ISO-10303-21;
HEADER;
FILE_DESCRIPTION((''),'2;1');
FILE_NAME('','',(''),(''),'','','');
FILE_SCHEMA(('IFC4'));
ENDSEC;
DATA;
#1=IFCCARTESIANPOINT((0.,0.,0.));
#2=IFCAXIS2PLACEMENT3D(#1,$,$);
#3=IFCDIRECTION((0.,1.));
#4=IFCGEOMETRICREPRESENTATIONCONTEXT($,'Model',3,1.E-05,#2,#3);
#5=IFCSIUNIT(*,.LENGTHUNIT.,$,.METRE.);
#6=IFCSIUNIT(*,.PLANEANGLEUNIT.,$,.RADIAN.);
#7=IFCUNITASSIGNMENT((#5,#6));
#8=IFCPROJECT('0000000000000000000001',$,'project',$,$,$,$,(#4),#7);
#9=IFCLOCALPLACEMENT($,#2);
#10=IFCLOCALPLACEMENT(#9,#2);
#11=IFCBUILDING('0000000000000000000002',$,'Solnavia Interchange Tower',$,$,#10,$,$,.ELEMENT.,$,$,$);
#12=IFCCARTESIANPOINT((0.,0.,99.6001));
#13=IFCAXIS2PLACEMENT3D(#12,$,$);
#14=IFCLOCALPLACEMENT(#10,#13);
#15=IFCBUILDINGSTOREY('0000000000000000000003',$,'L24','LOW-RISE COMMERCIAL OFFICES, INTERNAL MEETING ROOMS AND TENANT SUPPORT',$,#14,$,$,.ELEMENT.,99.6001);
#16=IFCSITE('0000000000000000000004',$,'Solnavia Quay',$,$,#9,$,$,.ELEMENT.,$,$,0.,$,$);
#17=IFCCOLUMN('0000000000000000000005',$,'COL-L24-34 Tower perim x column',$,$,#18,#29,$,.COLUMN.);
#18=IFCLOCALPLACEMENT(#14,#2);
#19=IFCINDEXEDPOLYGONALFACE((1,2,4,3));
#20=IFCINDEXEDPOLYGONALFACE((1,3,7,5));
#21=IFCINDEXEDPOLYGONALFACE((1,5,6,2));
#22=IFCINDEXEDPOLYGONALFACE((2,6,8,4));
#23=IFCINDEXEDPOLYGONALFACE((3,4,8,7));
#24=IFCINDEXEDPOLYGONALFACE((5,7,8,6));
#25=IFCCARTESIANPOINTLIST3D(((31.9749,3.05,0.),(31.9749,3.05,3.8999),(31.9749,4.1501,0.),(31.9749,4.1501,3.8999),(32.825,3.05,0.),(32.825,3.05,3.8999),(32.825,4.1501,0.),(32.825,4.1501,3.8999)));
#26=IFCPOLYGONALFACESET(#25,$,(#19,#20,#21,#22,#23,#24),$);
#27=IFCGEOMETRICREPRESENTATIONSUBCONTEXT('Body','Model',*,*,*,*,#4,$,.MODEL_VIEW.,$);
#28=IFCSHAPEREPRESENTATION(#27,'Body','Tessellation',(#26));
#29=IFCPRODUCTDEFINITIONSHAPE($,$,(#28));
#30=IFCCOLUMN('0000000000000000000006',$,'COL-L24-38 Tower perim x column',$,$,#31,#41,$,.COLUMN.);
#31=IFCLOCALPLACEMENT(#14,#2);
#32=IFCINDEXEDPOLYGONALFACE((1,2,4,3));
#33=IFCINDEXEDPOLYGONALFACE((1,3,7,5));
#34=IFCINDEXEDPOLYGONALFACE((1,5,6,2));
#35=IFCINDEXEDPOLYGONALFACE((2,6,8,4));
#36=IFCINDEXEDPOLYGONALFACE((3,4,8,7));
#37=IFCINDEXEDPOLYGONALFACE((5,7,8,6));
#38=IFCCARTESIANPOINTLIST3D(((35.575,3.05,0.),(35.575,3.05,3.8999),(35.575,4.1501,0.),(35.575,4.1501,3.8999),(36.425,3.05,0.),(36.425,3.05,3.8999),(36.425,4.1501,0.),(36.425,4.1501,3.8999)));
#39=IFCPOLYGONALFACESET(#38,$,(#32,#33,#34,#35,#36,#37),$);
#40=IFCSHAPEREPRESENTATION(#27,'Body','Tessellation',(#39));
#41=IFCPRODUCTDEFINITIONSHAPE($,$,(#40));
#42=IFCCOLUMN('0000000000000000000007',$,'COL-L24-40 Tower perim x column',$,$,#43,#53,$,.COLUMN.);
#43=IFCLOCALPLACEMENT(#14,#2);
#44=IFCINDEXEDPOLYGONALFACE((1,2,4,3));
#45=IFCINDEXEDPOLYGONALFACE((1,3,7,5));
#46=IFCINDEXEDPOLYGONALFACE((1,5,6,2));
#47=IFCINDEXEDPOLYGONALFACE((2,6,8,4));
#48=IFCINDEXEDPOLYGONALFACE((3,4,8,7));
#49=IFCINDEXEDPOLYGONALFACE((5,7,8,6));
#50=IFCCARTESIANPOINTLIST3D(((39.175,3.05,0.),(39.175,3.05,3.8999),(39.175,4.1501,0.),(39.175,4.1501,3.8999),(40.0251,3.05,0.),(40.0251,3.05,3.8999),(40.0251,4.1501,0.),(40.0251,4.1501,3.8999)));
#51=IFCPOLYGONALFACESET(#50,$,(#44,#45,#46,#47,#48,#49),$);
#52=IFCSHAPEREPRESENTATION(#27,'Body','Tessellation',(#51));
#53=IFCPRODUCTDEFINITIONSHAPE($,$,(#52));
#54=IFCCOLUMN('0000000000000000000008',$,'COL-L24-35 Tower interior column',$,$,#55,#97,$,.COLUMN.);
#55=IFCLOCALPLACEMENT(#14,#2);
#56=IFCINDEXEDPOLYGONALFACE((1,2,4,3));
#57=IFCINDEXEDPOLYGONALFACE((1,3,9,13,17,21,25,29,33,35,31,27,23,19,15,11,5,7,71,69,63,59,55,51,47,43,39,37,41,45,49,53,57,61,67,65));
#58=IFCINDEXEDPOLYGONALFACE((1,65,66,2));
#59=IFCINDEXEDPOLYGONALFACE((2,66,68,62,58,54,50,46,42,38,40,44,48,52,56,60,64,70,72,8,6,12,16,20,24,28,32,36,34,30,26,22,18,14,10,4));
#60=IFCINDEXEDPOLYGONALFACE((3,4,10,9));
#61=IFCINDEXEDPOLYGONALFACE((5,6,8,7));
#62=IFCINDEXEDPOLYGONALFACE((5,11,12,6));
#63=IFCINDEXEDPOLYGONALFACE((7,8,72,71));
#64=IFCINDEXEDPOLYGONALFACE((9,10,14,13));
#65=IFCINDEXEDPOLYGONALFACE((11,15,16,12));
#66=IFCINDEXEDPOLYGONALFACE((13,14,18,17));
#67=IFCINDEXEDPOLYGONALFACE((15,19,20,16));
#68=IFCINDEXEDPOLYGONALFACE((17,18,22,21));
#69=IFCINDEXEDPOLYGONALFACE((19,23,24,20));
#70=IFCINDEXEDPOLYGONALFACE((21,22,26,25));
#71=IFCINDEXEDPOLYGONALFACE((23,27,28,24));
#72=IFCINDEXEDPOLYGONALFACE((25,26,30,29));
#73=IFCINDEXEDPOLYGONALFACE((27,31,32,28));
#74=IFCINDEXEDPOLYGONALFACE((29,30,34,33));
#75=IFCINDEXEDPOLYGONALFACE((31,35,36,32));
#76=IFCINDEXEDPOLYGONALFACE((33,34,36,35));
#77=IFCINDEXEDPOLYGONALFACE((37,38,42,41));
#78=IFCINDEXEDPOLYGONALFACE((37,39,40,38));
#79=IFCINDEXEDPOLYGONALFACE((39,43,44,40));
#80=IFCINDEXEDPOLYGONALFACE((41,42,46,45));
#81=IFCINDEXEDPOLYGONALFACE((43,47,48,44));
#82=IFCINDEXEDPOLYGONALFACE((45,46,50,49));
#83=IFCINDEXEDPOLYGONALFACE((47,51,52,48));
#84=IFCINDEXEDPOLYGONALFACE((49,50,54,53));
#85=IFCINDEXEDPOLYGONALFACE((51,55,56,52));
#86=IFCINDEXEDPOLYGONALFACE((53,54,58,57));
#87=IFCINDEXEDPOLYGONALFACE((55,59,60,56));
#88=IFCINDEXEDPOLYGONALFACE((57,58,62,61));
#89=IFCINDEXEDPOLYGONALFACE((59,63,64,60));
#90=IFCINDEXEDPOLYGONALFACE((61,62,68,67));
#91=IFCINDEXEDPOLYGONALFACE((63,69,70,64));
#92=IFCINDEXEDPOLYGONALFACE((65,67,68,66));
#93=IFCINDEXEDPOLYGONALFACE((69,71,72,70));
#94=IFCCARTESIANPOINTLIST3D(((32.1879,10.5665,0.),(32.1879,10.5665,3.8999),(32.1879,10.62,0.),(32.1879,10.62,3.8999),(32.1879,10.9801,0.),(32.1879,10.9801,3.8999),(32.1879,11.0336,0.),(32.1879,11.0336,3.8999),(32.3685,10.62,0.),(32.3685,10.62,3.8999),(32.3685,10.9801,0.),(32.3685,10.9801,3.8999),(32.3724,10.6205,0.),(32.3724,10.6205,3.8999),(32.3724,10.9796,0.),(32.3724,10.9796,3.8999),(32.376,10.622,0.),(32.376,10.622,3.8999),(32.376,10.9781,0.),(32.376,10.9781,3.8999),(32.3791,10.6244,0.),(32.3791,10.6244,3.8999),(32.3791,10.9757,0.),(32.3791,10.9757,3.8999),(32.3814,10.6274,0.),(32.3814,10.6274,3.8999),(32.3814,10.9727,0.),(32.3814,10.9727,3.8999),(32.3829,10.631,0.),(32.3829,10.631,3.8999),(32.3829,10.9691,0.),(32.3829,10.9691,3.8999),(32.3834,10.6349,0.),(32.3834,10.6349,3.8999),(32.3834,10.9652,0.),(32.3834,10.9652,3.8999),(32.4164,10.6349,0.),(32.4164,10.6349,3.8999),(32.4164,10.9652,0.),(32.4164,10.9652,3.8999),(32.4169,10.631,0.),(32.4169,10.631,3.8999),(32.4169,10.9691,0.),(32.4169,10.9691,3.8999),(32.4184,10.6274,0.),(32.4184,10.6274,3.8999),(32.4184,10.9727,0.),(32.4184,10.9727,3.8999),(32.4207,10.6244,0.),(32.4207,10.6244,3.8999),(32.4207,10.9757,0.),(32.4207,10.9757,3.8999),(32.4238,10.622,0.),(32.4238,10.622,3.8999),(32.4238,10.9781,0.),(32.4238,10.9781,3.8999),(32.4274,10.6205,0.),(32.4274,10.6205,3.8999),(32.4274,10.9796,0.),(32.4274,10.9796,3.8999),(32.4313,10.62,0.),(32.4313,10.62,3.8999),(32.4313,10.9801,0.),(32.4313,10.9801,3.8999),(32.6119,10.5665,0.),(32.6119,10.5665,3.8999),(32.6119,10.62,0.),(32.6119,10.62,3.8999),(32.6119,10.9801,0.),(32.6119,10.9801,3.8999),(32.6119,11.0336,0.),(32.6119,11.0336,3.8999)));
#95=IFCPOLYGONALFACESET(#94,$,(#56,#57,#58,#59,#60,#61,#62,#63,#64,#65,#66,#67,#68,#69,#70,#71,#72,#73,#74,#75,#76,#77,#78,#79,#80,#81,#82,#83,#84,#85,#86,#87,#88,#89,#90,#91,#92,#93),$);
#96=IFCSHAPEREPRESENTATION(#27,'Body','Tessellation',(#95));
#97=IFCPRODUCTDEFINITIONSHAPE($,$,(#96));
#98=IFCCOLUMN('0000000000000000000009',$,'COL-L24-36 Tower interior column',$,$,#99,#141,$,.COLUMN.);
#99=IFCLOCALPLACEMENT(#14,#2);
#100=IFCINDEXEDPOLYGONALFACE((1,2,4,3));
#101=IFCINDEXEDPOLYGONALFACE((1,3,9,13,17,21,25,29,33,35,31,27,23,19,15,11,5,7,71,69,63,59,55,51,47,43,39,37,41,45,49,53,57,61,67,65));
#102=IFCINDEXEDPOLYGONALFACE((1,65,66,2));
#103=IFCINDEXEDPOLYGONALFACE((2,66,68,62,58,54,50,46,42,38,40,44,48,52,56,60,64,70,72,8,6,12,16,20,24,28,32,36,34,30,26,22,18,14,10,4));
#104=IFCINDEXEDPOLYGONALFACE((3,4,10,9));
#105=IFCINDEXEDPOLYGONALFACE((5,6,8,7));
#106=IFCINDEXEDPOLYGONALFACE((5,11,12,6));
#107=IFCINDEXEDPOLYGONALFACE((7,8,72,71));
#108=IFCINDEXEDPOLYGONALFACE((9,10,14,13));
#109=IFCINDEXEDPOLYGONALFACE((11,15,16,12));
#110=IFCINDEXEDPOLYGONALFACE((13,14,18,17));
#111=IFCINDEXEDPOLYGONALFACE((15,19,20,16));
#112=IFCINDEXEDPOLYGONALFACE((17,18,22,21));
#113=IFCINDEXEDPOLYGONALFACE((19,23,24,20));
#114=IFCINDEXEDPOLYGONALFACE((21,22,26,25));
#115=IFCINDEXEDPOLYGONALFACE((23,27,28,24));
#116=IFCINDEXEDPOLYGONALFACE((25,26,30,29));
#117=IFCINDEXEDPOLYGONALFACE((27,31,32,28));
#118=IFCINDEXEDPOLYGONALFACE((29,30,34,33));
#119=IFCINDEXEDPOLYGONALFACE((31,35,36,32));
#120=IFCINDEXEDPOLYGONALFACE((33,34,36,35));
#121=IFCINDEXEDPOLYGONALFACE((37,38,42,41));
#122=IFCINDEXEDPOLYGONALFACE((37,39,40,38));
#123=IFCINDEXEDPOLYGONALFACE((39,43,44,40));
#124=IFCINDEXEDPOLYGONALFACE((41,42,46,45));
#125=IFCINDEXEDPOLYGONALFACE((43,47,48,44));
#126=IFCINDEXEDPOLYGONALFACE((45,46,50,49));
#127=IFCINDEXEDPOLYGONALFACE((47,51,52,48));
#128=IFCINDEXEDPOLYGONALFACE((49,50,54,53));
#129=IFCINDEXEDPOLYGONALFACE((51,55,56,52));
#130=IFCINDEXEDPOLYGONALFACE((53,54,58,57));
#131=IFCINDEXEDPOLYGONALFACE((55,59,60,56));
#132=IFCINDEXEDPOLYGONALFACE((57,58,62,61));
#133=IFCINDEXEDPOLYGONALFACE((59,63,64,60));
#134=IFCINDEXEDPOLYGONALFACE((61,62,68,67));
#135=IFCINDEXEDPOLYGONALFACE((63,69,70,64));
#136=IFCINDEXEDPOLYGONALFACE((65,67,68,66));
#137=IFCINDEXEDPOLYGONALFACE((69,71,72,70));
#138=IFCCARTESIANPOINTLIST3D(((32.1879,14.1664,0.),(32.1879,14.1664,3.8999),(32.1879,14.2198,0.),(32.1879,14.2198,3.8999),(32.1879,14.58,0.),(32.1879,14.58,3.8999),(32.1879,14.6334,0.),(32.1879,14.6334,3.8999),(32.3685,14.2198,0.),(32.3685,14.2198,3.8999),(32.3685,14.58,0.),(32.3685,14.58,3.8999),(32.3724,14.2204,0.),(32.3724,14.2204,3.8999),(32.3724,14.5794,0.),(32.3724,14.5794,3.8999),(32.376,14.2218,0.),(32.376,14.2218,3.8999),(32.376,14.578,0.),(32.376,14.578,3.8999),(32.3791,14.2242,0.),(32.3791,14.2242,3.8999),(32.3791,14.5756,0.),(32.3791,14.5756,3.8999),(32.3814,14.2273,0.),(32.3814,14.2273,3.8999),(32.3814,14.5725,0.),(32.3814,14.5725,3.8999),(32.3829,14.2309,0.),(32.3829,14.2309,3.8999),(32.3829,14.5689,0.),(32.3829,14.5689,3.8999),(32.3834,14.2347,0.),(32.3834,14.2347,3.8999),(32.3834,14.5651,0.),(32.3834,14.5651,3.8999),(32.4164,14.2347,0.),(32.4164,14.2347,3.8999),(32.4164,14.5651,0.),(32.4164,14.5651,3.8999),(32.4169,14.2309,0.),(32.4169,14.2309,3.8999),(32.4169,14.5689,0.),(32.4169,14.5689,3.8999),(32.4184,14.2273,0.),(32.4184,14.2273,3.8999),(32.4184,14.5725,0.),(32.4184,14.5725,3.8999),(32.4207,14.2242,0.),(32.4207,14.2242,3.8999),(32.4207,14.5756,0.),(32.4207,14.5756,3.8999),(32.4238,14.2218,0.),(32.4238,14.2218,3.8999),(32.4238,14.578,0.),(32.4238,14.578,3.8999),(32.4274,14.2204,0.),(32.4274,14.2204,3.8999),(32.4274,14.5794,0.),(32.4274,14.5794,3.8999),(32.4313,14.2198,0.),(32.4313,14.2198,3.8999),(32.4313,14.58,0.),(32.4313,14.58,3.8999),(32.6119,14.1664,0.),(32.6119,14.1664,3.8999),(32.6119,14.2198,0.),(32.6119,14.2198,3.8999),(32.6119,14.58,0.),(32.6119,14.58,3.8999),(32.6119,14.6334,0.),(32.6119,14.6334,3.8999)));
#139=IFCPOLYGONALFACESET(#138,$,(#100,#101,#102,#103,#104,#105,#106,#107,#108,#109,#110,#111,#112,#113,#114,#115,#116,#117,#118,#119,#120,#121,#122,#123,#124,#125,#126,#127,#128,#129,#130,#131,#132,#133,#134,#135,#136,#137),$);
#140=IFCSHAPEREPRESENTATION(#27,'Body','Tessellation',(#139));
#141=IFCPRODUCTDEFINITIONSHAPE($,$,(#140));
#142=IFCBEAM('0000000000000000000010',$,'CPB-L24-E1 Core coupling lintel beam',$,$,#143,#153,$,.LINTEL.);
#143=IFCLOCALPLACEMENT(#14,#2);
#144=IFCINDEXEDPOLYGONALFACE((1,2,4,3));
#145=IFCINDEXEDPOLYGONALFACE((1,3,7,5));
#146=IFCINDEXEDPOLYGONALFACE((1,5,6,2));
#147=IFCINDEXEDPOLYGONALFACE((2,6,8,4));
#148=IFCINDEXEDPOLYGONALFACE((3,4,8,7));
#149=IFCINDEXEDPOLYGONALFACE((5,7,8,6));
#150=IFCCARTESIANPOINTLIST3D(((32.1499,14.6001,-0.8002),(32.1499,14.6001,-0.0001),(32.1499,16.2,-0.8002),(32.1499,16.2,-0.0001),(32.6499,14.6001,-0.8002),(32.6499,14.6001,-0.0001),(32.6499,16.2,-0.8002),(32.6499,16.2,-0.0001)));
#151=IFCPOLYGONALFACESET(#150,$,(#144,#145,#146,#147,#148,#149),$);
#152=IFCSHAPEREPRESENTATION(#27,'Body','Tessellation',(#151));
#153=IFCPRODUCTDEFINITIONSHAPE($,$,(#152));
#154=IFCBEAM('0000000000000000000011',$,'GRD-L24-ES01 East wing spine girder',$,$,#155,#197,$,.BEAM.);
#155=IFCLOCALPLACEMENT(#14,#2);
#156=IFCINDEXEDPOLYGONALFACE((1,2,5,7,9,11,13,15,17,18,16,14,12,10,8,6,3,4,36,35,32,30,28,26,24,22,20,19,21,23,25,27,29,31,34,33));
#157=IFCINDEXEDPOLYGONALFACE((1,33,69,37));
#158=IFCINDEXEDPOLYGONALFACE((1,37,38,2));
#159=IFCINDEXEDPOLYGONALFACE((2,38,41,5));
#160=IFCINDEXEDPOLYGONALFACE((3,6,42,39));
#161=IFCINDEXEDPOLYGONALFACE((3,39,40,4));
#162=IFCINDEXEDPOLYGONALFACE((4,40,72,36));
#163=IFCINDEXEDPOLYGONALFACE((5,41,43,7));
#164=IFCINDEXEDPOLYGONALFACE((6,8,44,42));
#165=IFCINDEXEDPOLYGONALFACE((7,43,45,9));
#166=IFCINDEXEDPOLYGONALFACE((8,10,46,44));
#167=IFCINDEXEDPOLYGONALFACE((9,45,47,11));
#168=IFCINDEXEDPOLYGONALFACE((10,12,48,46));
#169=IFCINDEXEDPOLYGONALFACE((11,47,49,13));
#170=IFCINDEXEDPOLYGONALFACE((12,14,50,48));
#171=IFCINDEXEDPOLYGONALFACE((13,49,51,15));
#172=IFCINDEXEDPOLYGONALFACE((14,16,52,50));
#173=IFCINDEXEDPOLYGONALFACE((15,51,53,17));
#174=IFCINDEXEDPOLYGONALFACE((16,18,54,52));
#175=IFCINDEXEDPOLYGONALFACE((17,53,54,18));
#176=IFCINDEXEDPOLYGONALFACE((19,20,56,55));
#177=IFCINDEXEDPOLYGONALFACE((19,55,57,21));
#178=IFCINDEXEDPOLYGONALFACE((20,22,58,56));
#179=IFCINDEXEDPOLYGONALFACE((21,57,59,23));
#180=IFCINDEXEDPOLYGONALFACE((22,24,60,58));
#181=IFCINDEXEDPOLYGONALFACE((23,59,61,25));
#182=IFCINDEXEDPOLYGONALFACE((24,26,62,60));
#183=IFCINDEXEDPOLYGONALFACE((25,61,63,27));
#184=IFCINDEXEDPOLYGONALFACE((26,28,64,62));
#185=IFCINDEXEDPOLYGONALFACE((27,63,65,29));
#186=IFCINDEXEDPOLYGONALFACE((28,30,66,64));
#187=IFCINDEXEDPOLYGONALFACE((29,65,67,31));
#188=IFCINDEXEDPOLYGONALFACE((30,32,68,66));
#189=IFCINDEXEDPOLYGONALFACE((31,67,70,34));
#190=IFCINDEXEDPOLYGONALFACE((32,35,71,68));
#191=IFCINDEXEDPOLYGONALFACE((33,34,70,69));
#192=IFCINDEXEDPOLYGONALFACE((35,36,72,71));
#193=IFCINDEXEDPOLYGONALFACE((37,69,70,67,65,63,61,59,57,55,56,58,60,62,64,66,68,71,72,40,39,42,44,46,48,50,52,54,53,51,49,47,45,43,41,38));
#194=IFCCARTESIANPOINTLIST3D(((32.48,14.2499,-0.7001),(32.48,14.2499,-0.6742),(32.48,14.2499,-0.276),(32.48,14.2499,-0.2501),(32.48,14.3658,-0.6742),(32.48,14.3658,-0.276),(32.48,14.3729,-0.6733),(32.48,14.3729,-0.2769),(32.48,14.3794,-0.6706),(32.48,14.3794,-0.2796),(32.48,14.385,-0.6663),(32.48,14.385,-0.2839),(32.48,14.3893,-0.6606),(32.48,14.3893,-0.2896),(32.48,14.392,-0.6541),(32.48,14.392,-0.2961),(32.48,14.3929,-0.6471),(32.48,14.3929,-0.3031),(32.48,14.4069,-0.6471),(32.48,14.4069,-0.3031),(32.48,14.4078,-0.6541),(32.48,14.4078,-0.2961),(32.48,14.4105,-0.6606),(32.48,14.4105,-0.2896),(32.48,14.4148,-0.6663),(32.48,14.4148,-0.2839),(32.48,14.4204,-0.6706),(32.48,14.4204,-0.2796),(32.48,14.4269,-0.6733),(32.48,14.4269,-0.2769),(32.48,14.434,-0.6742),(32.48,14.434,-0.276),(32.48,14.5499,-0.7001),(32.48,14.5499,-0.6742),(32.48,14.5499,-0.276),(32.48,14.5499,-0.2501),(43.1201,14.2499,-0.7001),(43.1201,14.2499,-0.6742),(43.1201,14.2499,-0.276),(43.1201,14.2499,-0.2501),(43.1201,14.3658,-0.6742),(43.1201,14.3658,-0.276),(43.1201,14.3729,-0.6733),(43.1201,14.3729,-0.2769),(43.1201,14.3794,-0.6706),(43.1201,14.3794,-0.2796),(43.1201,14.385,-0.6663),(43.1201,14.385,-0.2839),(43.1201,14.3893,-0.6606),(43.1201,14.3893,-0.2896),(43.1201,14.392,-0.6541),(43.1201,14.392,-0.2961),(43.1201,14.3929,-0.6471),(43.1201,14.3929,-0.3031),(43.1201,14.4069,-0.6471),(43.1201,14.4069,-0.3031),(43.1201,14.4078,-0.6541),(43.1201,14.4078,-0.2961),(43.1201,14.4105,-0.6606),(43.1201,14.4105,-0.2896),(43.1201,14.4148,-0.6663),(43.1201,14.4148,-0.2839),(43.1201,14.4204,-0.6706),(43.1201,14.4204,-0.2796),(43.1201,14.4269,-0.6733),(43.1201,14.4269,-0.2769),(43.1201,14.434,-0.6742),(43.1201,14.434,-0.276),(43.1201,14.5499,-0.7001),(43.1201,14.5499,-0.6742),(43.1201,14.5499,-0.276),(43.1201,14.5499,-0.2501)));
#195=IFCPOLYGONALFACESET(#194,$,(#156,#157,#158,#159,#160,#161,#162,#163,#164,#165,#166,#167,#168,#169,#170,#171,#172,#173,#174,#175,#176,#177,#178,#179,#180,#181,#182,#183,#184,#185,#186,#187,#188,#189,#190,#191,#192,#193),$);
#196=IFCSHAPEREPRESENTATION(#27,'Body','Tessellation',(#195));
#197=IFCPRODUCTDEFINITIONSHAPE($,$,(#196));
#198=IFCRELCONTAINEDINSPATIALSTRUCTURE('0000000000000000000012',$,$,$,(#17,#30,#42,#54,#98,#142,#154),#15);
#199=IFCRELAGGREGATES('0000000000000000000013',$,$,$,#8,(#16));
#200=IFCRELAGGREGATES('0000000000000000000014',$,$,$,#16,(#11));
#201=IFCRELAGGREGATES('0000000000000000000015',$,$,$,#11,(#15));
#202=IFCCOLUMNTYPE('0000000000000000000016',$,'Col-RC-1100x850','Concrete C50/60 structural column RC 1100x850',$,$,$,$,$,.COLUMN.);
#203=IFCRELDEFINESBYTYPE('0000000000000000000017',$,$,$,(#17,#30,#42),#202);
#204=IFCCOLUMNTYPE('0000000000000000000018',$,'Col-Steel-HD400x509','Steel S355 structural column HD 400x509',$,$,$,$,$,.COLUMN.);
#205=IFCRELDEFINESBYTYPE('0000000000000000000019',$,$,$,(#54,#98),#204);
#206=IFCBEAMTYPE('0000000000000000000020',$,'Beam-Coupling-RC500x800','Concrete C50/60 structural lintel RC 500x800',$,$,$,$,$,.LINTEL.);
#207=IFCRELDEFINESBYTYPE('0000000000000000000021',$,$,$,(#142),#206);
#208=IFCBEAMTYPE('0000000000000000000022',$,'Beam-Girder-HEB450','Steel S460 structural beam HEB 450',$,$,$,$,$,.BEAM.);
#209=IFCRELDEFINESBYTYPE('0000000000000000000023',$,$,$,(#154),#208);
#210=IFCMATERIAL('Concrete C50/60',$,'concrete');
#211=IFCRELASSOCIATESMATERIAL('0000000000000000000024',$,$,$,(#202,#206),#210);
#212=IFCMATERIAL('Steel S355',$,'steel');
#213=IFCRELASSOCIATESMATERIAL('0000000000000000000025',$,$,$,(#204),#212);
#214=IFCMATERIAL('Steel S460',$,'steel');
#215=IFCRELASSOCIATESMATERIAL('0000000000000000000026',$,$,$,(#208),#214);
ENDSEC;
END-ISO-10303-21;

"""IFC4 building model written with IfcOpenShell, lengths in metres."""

from ifc_helpers import new_model, si_unit, direction, frame, origin, origin_2d, place, context, subcontext, project, spatial, rectangle, i_section, extrude, material, material_profile, profile_set, type_object, element, save


model = new_model("IFC4")

# Units and contexts
model_context = context("Model", 3, precision=1e-05, world=origin(), true_north=direction((0.0, 1.0)))
body_context = subcontext(model_context, "Body", "Model", "MODEL_VIEW")
ifc_project = project(units=[si_unit("LENGTHUNIT", "METRE"), si_unit("PLANEANGLEUNIT", "RADIAN")], contexts=[model_context])

# Site, building, storey
site_placement = place(None, origin())
site = spatial("IfcSite", under=ifc_project, at=site_placement, Name="Solnavia Quay", CompositionType="ELEMENT", RefElevation=0.0)
building_placement = place(site_placement, origin())
building = spatial("IfcBuilding", under=site, at=building_placement, Name="Solnavia Interchange Tower", CompositionType="ELEMENT")
storey_placement = place(building_placement, frame((0.0, 0.0, 99.6001)))
storey = spatial("IfcBuildingStorey", under=building, at=storey_placement, Name="L24", Description="LOW-RISE COMMERCIAL OFFICES, INTERNAL MEETING ROOMS AND TENANT SUPPORT", CompositionType="ELEMENT", Elevation=99.6001)

# Columns
ifc_material_1 = material(Name="Concrete C50/60", Category="concrete")
ifc_material_profile_1 = material_profile(ifc_material_1, rectangle(XDim=0.8501, YDim=1.1001, at=origin_2d()), Name="RC 1100x850")
ifc_profile_set_1 = profile_set([ifc_material_profile_1], Name="Concrete C50/60")
column_type_1 = type_object("IfcColumnType", Name="Col-RC-1100x850", Description="Concrete C50/60 structural column RC 1100x850", PredefinedType="COLUMN", material=ifc_profile_set_1)
for number, where, z_axis, x_axis, name in (
    (1, (32.3999, 3.6001, 0.0), (0.0, 0.0, 1.0), (1.0, 0.0, 0.0), "COL-L24-34 Tower perim x column"),
    (2, (36.0, 3.6001, 0.0), (0.0, 0.0, 1.0), (1.0, 0.0, 0.0), "COL-L24-38 Tower perim x column"),
    (3, (39.6001, 3.6001, 0.0), (0.0, 0.0, 1.0), (1.0, 0.0, 0.0), "COL-L24-40 Tower perim x column"),
):
    element("IfcColumn", number, at=place(storey_placement, frame(where, z_axis=z_axis, x_axis=x_axis)), inside=storey, type_object=column_type_1, Name=name, PredefinedType="COLUMN", context=body_context, shape_type="SweptSolid", body=[
        extrude(rectangle(XDim=0.8501, YDim=1.1001, at=origin_2d()), origin(), (0.0, 0.0, 1.0), 3.8999),
    ])
ifc_material_2 = material(Name="Steel S355", Category="steel")
ifc_material_profile_2 = material_profile(ifc_material_2, i_section(OverallWidth=0.4241, OverallDepth=0.467, WebThickness=0.033, FlangeThickness=0.0535, FilletRadius=0.0149, at=origin_2d()), Name="HD 400x509")
ifc_profile_set_2 = profile_set([ifc_material_profile_2], Name="Steel S355")
column_type_2 = type_object("IfcColumnType", Name="Col-Steel-HD400x509", Description="Steel S355 structural column HD 400x509", PredefinedType="COLUMN", material=ifc_profile_set_2)
for number, where, z_axis, x_axis, name in (
    (4, (32.3999, 10.8, 0.0), (0.0, 0.0, 1.0), (1.0, 0.0, 0.0), "COL-L24-35 Tower interior column"),
    (5, (32.3999, 14.3999, 0.0), (0.0, 0.0, 1.0), (1.0, 0.0, 0.0), "COL-L24-36 Tower interior column"),
):
    element("IfcColumn", number, at=place(storey_placement, frame(where, z_axis=z_axis, x_axis=x_axis)), inside=storey, type_object=column_type_2, Name=name, PredefinedType="COLUMN", context=body_context, shape_type="SweptSolid", body=[
        extrude(i_section(OverallWidth=0.4241, OverallDepth=0.467, WebThickness=0.033, FlangeThickness=0.0535, FilletRadius=0.0149, at=origin_2d()), origin(), (0.0, 0.0, 1.0), 3.8999),
    ])

# Beams
ifc_material_profile_3 = material_profile(ifc_material_1, rectangle(XDim=0.5, YDim=0.8, at=origin_2d()), Name="RC 500x800")
ifc_profile_set_3 = profile_set([ifc_material_profile_3], Name="Concrete C50/60")
beam_type_1 = type_object("IfcBeamType", Name="Beam-Coupling-RC500x800", Description="Concrete C50/60 structural lintel RC 500x800", PredefinedType="LINTEL", material=ifc_profile_set_3)
beam_1_placement = place(storey_placement, frame((32.3999, 14.6001, -0.4001), z_axis=(0.0, 1.0, 0.0), x_axis=(-1.0, 0.0, 0.0)))
element("IfcBeam", 6, at=beam_1_placement, inside=storey, type_object=beam_type_1, Name="CPB-L24-E1 Core coupling lintel beam", PredefinedType="LINTEL", context=body_context, shape_type="SweptSolid", body=[
    extrude(rectangle(XDim=0.5, YDim=0.8, at=origin_2d()), origin(), (0.0, 0.0, 1.0), 1.5999),
])
ifc_material_3 = material(Name="Steel S460", Category="steel")
ifc_material_profile_4 = material_profile(ifc_material_3, i_section(OverallWidth=0.3, OverallDepth=0.45, WebThickness=0.0139, FlangeThickness=0.0259, FilletRadius=0.0271, at=origin_2d()), Name="HEB 450")
ifc_profile_set_4 = profile_set([ifc_material_profile_4], Name="Steel S460")
beam_type_2 = type_object("IfcBeamType", Name="Beam-Girder-HEB450", Description="Steel S460 structural beam HEB 450", PredefinedType="BEAM", material=ifc_profile_set_4)
beam_2_placement = place(storey_placement, frame((32.48, 14.3999, -0.4751), z_axis=(1.0, 0.0, 0.0), x_axis=(0.0, 1.0, 0.0)))
element("IfcBeam", 7, at=beam_2_placement, inside=storey, type_object=beam_type_2, Name="GRD-L24-ES01 East wing spine girder", PredefinedType="BEAM", context=body_context, shape_type="SweptSolid", body=[
    extrude(i_section(OverallWidth=0.3, OverallDepth=0.45, WebThickness=0.0139, FlangeThickness=0.0259, FilletRadius=0.0271, at=origin_2d()), origin(), (0.0, 0.0, 1.0), 10.6401),
])

save(model, "model.ifc")
